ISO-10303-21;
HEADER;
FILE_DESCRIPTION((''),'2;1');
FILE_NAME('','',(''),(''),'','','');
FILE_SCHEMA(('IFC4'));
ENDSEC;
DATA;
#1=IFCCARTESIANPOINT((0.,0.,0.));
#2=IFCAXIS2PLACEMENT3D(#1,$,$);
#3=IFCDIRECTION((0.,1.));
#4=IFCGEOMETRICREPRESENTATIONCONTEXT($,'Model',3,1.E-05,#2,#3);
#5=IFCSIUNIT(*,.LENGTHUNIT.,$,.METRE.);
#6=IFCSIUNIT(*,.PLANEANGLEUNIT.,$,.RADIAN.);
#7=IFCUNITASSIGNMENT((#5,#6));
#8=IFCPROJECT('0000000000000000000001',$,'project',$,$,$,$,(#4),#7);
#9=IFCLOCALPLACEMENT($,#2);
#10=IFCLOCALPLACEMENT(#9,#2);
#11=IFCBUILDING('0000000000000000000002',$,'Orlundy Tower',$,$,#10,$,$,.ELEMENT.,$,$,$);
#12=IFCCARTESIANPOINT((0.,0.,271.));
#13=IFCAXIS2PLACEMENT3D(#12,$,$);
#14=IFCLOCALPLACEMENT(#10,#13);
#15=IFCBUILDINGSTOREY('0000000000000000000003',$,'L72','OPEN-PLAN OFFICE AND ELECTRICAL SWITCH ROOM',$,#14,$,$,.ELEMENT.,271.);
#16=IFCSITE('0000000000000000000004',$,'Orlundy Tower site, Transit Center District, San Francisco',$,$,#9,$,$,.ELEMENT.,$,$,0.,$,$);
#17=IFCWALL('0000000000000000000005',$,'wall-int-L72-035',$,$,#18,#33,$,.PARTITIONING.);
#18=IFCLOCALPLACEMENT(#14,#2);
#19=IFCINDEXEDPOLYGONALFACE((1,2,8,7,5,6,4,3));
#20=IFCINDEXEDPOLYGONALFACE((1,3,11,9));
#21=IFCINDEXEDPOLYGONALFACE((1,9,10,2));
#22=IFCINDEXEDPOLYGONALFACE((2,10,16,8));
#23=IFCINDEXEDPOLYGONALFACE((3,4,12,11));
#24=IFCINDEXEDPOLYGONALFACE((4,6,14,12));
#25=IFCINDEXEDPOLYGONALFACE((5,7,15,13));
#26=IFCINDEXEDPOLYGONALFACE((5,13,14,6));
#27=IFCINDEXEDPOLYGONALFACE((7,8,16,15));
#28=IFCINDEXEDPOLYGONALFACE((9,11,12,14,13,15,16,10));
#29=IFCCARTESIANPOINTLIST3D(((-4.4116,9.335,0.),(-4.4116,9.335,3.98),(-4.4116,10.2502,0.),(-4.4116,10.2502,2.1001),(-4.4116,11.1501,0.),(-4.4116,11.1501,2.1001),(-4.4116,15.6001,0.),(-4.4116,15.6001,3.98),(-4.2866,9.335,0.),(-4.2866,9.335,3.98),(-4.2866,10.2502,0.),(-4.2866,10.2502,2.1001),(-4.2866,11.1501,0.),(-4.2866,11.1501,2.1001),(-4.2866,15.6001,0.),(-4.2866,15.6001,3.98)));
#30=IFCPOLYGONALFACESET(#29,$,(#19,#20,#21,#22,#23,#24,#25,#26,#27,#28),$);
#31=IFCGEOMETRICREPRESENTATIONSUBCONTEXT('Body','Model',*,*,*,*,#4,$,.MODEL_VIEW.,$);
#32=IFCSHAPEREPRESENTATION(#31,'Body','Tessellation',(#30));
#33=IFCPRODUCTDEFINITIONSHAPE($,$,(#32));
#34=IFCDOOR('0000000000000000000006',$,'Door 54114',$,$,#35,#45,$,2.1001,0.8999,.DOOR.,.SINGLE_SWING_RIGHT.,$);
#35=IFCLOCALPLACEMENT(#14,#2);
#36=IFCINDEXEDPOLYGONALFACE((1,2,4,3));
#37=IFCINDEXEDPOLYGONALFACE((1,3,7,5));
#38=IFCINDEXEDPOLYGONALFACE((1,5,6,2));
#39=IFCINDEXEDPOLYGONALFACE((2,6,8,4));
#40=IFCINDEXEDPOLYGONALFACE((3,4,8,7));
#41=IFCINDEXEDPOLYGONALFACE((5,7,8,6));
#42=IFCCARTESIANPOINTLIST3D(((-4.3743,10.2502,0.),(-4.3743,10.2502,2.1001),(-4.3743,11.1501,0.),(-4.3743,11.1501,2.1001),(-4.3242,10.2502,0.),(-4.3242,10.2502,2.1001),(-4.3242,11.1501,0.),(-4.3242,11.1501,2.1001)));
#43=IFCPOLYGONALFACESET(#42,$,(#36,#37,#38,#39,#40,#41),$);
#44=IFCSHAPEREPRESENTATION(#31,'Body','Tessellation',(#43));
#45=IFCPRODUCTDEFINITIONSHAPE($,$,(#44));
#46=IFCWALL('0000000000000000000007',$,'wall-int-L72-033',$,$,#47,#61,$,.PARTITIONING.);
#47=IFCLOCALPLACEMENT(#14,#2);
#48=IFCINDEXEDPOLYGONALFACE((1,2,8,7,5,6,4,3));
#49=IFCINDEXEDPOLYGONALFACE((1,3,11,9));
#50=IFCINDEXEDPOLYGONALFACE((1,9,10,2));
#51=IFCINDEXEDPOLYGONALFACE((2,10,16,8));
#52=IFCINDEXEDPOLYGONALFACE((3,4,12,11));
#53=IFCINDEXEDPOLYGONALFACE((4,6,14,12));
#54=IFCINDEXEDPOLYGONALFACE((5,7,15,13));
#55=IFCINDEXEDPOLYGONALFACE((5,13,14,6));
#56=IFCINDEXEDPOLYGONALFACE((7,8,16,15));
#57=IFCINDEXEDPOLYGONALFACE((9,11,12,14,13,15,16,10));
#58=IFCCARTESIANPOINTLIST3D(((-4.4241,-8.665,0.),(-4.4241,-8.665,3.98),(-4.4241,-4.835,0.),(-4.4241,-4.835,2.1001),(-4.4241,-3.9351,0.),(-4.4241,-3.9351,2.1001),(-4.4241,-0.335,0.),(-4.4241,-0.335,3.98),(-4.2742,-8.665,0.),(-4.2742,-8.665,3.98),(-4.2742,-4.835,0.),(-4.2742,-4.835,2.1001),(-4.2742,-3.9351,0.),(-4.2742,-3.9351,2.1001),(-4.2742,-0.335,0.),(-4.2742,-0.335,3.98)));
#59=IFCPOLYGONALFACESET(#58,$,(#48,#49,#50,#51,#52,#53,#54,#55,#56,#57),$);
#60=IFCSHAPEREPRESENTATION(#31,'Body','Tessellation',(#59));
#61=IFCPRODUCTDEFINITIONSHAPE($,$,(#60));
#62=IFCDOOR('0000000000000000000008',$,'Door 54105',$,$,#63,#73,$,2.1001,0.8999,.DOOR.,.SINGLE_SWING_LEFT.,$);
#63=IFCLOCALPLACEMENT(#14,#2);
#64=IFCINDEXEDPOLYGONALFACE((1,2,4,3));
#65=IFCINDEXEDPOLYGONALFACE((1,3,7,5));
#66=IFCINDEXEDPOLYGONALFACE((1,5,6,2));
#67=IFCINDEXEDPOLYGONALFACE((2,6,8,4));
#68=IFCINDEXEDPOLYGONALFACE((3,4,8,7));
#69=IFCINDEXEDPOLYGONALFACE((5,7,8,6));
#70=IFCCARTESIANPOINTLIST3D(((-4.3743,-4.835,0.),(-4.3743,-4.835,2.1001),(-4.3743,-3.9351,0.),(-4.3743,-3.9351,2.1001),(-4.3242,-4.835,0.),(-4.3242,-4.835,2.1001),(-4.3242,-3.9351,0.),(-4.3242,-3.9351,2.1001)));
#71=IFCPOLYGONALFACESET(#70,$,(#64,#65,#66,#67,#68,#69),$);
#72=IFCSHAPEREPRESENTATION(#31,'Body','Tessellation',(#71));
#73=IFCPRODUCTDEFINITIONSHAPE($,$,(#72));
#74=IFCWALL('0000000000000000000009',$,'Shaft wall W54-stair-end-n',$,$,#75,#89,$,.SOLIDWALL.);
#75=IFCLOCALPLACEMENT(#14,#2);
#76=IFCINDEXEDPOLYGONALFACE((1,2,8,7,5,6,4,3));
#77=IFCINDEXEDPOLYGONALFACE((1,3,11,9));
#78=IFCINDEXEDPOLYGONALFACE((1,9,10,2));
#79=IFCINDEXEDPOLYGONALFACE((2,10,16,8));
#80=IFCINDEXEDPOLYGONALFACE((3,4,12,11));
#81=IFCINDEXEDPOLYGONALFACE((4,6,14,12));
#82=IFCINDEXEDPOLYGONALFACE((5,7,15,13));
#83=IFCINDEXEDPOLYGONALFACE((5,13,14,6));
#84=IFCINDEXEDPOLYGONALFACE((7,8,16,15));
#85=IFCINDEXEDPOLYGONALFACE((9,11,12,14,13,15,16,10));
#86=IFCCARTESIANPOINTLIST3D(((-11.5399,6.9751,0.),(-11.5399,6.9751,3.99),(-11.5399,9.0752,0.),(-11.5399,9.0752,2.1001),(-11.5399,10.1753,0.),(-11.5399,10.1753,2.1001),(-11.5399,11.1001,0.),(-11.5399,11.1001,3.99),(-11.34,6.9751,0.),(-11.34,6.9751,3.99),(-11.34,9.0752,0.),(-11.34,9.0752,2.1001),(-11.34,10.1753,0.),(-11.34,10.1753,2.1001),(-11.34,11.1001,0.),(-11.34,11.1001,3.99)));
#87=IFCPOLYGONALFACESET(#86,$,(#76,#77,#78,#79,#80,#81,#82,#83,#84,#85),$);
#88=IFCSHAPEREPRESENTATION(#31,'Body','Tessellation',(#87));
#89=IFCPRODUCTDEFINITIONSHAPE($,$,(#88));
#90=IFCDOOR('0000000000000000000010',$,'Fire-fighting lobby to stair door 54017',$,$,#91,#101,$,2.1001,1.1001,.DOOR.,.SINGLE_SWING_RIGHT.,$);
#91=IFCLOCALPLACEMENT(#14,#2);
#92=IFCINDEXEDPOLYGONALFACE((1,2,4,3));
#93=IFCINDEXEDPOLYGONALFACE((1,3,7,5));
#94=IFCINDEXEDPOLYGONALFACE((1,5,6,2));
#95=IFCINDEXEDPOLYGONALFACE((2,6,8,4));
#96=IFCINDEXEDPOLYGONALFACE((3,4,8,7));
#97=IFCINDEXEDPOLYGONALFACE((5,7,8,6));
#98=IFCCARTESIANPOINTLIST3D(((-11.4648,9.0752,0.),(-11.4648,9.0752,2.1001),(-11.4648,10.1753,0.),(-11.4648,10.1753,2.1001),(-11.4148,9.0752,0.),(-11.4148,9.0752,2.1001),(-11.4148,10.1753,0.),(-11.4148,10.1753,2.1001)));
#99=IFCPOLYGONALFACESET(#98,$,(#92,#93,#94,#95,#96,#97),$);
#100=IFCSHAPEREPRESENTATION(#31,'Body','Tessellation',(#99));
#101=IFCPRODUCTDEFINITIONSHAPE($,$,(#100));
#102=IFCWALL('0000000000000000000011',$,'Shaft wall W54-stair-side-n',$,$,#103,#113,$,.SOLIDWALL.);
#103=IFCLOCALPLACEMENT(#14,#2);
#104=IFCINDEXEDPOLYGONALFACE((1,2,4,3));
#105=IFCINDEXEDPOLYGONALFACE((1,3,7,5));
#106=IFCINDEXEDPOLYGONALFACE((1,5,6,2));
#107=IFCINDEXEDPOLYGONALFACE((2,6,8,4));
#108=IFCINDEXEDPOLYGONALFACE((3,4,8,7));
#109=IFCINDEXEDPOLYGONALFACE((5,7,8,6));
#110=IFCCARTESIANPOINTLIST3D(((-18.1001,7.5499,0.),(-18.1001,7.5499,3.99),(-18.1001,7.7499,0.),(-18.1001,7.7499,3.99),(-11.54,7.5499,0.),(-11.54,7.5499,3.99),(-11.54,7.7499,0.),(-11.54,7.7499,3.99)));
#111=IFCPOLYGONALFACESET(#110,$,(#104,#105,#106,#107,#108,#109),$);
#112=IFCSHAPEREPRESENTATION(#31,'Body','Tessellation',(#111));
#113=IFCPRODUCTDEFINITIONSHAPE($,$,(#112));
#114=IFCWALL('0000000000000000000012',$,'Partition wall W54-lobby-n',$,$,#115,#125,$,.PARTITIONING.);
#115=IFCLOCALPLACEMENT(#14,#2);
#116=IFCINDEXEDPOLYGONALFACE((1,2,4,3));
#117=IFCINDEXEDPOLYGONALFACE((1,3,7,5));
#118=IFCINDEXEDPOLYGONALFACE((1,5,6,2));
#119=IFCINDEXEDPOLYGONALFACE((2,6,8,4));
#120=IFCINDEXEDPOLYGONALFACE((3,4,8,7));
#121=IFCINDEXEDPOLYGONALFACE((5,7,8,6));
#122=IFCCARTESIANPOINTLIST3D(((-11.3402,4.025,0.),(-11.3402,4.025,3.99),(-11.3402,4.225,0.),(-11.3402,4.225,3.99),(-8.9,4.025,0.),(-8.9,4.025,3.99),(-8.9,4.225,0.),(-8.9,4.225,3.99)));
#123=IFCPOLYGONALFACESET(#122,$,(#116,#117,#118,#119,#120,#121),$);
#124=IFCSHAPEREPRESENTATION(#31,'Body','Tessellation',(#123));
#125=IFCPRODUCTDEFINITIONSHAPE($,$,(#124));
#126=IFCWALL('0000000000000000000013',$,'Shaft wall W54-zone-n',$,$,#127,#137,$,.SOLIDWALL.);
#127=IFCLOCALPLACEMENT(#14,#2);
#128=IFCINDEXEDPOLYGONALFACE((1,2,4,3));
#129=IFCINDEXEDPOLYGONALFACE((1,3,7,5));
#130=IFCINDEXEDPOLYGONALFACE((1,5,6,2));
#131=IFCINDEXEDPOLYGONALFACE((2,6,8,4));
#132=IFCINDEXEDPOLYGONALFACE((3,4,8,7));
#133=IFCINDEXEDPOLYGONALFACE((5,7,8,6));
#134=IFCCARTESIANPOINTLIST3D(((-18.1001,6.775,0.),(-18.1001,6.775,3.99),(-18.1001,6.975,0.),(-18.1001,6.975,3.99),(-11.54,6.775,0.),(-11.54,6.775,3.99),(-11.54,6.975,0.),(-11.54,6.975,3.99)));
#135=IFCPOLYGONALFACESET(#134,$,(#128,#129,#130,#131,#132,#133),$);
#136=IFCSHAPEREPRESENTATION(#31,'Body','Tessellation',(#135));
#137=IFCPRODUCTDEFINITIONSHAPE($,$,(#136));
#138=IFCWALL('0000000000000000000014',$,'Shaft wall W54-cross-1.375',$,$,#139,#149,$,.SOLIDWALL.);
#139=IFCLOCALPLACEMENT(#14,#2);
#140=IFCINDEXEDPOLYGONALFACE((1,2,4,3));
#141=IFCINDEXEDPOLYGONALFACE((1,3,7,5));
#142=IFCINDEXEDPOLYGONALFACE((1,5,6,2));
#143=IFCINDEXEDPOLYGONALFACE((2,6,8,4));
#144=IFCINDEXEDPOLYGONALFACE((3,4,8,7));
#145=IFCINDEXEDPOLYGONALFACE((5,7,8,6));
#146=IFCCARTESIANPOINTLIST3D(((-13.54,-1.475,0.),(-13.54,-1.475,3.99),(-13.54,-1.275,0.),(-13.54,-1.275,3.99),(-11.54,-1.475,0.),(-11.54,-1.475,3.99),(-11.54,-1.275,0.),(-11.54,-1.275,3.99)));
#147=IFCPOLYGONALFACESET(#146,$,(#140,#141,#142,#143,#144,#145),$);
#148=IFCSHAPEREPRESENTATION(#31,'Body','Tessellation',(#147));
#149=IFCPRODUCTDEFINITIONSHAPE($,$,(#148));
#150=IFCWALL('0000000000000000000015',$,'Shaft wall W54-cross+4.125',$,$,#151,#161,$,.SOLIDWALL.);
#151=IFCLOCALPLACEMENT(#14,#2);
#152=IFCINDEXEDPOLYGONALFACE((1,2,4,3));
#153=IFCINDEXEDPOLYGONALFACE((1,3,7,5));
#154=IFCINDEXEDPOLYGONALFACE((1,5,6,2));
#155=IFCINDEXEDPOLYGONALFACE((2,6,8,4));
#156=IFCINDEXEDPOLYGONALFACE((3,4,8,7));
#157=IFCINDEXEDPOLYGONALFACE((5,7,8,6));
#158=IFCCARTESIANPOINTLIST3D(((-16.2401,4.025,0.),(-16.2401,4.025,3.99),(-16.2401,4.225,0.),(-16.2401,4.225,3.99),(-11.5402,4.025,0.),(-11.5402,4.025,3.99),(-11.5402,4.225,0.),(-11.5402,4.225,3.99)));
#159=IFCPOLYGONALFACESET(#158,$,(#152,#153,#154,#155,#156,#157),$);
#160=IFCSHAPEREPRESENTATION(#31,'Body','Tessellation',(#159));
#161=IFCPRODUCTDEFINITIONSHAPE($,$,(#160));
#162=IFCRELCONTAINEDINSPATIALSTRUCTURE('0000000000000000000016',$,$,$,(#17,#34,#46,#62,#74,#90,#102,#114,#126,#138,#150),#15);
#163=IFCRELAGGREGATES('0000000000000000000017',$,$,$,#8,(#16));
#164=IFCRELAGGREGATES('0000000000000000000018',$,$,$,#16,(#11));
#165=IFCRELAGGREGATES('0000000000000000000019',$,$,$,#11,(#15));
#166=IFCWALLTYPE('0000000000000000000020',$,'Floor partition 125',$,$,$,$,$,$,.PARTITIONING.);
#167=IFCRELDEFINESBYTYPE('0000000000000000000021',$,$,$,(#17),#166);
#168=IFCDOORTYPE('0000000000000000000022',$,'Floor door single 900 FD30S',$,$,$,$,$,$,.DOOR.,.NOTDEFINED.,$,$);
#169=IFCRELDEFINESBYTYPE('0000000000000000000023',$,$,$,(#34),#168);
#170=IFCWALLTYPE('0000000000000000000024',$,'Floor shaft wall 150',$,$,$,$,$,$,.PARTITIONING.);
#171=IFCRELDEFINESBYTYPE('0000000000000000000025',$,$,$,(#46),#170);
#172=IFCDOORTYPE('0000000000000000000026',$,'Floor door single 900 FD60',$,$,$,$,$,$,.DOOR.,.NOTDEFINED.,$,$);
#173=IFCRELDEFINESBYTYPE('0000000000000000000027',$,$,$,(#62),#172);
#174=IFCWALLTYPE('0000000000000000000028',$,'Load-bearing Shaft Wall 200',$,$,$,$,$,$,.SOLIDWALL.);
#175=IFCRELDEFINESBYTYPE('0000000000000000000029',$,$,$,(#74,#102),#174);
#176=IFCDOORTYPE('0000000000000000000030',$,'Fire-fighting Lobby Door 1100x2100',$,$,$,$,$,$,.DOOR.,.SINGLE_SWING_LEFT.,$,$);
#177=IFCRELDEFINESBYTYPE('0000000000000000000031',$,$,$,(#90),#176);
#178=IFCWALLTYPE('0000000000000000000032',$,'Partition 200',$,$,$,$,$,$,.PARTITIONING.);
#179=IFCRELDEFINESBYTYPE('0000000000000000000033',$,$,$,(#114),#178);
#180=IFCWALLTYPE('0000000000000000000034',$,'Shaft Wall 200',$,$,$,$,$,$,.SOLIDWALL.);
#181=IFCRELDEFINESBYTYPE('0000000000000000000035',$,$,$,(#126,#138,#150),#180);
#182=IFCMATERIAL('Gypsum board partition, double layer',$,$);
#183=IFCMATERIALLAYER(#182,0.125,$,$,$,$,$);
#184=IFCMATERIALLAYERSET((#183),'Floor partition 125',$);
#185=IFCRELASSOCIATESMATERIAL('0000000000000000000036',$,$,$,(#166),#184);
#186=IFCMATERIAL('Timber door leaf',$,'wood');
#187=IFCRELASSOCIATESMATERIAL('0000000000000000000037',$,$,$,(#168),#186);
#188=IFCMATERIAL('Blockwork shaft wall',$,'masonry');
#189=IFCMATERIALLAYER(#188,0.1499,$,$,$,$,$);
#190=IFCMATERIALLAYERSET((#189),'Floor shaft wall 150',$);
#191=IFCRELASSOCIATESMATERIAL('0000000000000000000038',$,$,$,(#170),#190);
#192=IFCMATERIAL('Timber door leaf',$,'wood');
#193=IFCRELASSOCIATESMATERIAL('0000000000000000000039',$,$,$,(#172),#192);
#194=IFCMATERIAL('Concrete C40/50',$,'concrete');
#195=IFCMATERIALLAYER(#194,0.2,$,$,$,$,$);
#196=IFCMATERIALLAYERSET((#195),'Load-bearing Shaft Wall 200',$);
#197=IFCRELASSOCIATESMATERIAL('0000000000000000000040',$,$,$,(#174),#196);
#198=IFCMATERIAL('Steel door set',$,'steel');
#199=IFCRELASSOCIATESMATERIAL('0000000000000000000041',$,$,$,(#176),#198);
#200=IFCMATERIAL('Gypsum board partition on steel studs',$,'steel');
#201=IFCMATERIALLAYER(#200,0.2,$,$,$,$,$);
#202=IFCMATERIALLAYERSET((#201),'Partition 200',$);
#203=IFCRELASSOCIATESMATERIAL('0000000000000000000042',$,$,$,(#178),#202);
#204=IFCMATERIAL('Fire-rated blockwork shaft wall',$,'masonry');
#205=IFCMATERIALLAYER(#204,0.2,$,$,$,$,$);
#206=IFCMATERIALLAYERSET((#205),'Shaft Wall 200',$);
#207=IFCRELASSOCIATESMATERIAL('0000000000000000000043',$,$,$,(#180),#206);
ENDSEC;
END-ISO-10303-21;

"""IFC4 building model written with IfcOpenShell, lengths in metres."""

from ifc_helpers import new_model, si_unit, direction, frame, frame_2d, origin, place, context, subcontext, project, spatial, rectangle, extrude, material, layer, layer_set, type_object, element, fill, save


model = new_model("IFC4")

# Units and contexts
model_context = context("Model", 3, precision=1e-05, world=origin(), true_north=direction((0.0, 1.0)))
body_context = subcontext(model_context, "Body", "Model", "MODEL_VIEW")
ifc_project = project(units=[si_unit("LENGTHUNIT", "METRE"), si_unit("PLANEANGLEUNIT", "RADIAN")], contexts=[model_context])

# Site, building, storey
site_placement = place(None, origin())
site = spatial("IfcSite", under=ifc_project, at=site_placement, Name="Orlundy Tower site, Transit Center District, San Francisco", CompositionType="ELEMENT", RefElevation=0.0)
building_placement = place(site_placement, origin())
building = spatial("IfcBuilding", under=site, at=building_placement, Name="Orlundy Tower", CompositionType="ELEMENT")
storey_placement = place(building_placement, frame((0.0, 0.0, 271.0)))
storey = spatial("IfcBuildingStorey", under=building, at=storey_placement, Name="L72", Description="OPEN-PLAN OFFICE AND ELECTRICAL SWITCH ROOM", CompositionType="ELEMENT", Elevation=271.0)

# Shared definitions
ifc_material_1 = material(Name="Gypsum board partition, double layer")
ifc_layer_1 = layer(ifc_material_1, 0.125)
ifc_layer_set_1 = layer_set([ifc_layer_1], Name="Floor partition 125")
wall_type_1 = type_object("IfcWallType", Name="Floor partition 125", PredefinedType="PARTITIONING", material=ifc_layer_set_1)

# Walls, openings, doors
ifc_material_2 = material(Name="Timber door leaf", Category="wood")
door_type_1 = type_object("IfcDoorType", Name="Floor door single 900 FD30S", OperationType="NOTDEFINED", PredefinedType="DOOR", material=ifc_material_2)
wall_1_placement = place(storey_placement, frame((-4.3491, 15.6001, 0.0), z_axis=(0.0, 0.0, 1.0), x_axis=(0.0, -1.0, 0.0)))
wall_1 = element("IfcWall", 1, at=wall_1_placement, inside=storey, type_object=wall_type_1, Name="wall-int-L72-035", PredefinedType="PARTITIONING", context=body_context, shape_type="SweptSolid", body=[
    extrude(rectangle(XDim=6.2651, YDim=0.125, at=frame_2d((3.1326, 0.0))), origin(), (0.0, 0.0, 1.0), 3.98),
])
opening_1_placement = place(wall_1_placement, frame((4.45, 0.0, 0.0)))
opening_1 = element("IfcOpeningElement", 2, at=opening_1_placement, cuts=wall_1, PredefinedType="OPENING", context=body_context, shape_type="SweptSolid", body=[
    extrude(rectangle(XDim=0.8999, YDim=2.1001, at=frame_2d((0.45, 1.05))), frame((0.0, 0.0725, 0.0), z_axis=(0.0, -1.0, 0.0), x_axis=(1.0, 0.0, 0.0)), (0.0, 0.0, 1.0), 0.145),
])
door_1_placement = place(opening_1_placement, origin())
door_1 = element("IfcDoor", 3, at=door_1_placement, inside=storey, type_object=door_type_1, Name="Door 54114", OperationType="SINGLE_SWING_RIGHT", OverallHeight=2.1001, OverallWidth=0.8999, PredefinedType="DOOR", context=body_context, shape_type="SweptSolid", body=[
    extrude(rectangle(XDim=0.8999, YDim=2.1001, at=frame_2d((0.45, 1.05))), frame((0.0, 0.0249, 0.0), z_axis=(0.0, -1.0, 0.0), x_axis=(1.0, 0.0, 0.0)), (0.0, 0.0, 1.0), 0.05),
])
fill(opening_1, door_1)
ifc_material_3 = material(Name="Blockwork shaft wall", Category="masonry")
ifc_layer_2 = layer(ifc_material_3, 0.1499)
ifc_layer_set_2 = layer_set([ifc_layer_2], Name="Floor shaft wall 150")
wall_type_2 = type_object("IfcWallType", Name="Floor shaft wall 150", PredefinedType="PARTITIONING", material=ifc_layer_set_2)
wall_2_placement = place(storey_placement, frame((-4.3491, -0.335, 0.0), z_axis=(0.0, 0.0, 1.0), x_axis=(0.0, -1.0, 0.0)))
wall_2 = element("IfcWall", 4, at=wall_2_placement, inside=storey, type_object=wall_type_2, Name="wall-int-L72-033", PredefinedType="PARTITIONING", context=body_context, shape_type="SweptSolid", body=[
    extrude(rectangle(XDim=8.3301, YDim=0.1499, at=frame_2d((4.165, 0.0))), origin(), (0.0, 0.0, 1.0), 3.98),
])
opening_2_placement = place(wall_2_placement, frame((3.6001, 0.0, 0.0)))
opening_2 = element("IfcOpeningElement", 5, at=opening_2_placement, cuts=wall_2, PredefinedType="OPENING", context=body_context, shape_type="SweptSolid", body=[
    extrude(rectangle(XDim=0.8999, YDim=2.1001, at=frame_2d((0.45, 1.05))), frame((0.0, 0.085, 0.0), z_axis=(0.0, -1.0, 0.0), x_axis=(1.0, 0.0, 0.0)), (0.0, 0.0, 1.0), 0.1699),
])
ifc_material_4 = material(Name="Timber door leaf", Category="wood")
door_type_2 = type_object("IfcDoorType", Name="Floor door single 900 FD60", OperationType="NOTDEFINED", PredefinedType="DOOR", material=ifc_material_4)
door_2_placement = place(opening_2_placement, origin())
door_2 = element("IfcDoor", 6, at=door_2_placement, inside=storey, type_object=door_type_2, Name="Door 54105", OperationType="SINGLE_SWING_LEFT", OverallHeight=2.1001, OverallWidth=0.8999, PredefinedType="DOOR", context=body_context, shape_type="SweptSolid", body=[
    extrude(rectangle(XDim=0.8999, YDim=2.1001, at=frame_2d((0.45, 1.05))), frame((0.0, 0.0249, 0.0), z_axis=(0.0, -1.0, 0.0), x_axis=(1.0, 0.0, 0.0)), (0.0, 0.0, 1.0), 0.05),
])
fill(opening_2, door_2)
ifc_material_5 = material(Name="Concrete C40/50", Category="concrete")
ifc_layer_3 = layer(ifc_material_5, 0.2)
ifc_layer_set_3 = layer_set([ifc_layer_3], Name="Load-bearing Shaft Wall 200")
wall_type_3 = type_object("IfcWallType", Name="Load-bearing Shaft Wall 200", PredefinedType="SOLIDWALL", material=ifc_layer_set_3)
wall_3_placement = place(storey_placement, frame((-11.4399, 6.9751, 0.0), z_axis=(0.0, 0.0, 1.0), x_axis=(0.0, 1.0, 0.0)))
wall_3 = element("IfcWall", 7, at=wall_3_placement, inside=storey, type_object=wall_type_3, Name="Shaft wall W54-stair-end-n", PredefinedType="SOLIDWALL", context=body_context, shape_type="SweptSolid", body=[
    extrude(rectangle(XDim=4.125, YDim=0.2, at=frame_2d((2.0625, 0.0))), origin(), (0.0, 0.0, 1.0), 3.99),
])
opening_3_placement = place(wall_3_placement, frame((2.1001, 0.0, 0.0)))
opening_3 = element("IfcOpeningElement", 8, at=opening_3_placement, cuts=wall_3, PredefinedType="OPENING", context=body_context, shape_type="SweptSolid", body=[
    extrude(rectangle(XDim=1.1001, YDim=2.1001, at=frame_2d((0.55, 1.05))), frame((0.0, 0.1101, 0.0), z_axis=(0.0, -1.0, 0.0), x_axis=(1.0, 0.0, 0.0)), (0.0, 0.0, 1.0), 0.2202),
])
ifc_material_6 = material(Name="Steel door set", Category="steel")
door_type_3 = type_object("IfcDoorType", Name="Fire-fighting Lobby Door 1100x2100", OperationType="SINGLE_SWING_LEFT", PredefinedType="DOOR", material=ifc_material_6)
door_3_placement = place(opening_3_placement, origin())
door_3 = element("IfcDoor", 9, at=door_3_placement, inside=storey, type_object=door_type_3, Name="Fire-fighting lobby to stair door 54017", OperationType="SINGLE_SWING_RIGHT", OverallHeight=2.1001, OverallWidth=1.1001, PredefinedType="DOOR", context=body_context, shape_type="SweptSolid", body=[
    extrude(rectangle(XDim=1.1001, YDim=2.1001, at=frame_2d((0.55, 1.05))), frame((0.0, 0.0249, 0.0), z_axis=(0.0, -1.0, 0.0), x_axis=(1.0, 0.0, 0.0)), (0.0, 0.0, 1.0), 0.05),
])
fill(opening_3, door_3)

# Walls
wall_4_placement = place(storey_placement, frame((-11.54, 7.6499, 0.0), z_axis=(0.0, 0.0, 1.0), x_axis=(-1.0, 0.0, 0.0)))
element("IfcWall", 10, at=wall_4_placement, inside=storey, type_object=wall_type_3, Name="Shaft wall W54-stair-side-n", PredefinedType="SOLIDWALL", context=body_context, shape_type="SweptSolid", body=[
    extrude(rectangle(XDim=6.5601, YDim=0.2, at=frame_2d((3.28, 0.0))), origin(), (0.0, 0.0, 1.0), 3.99),
])
ifc_material_7 = material(Name="Gypsum board partition on steel studs", Category="steel")
ifc_layer_4 = layer(ifc_material_7, 0.2)
ifc_layer_set_4 = layer_set([ifc_layer_4], Name="Partition 200")
wall_type_4 = type_object("IfcWallType", Name="Partition 200", PredefinedType="PARTITIONING", material=ifc_layer_set_4)
wall_5_placement = place(storey_placement, frame((-8.8999, 4.125, 0.0), z_axis=(0.0, 0.0, 1.0), x_axis=(-1.0, 0.0, 0.0)))
element("IfcWall", 11, at=wall_5_placement, inside=storey, type_object=wall_type_4, Name="Partition wall W54-lobby-n", PredefinedType="PARTITIONING", context=body_context, shape_type="SweptSolid", body=[
    extrude(rectangle(XDim=2.4402, YDim=0.2, at=frame_2d((1.2202, 0.0))), origin(), (0.0, 0.0, 1.0), 3.99),
])
ifc_material_8 = material(Name="Fire-rated blockwork shaft wall", Category="masonry")
ifc_layer_5 = layer(ifc_material_8, 0.2)
ifc_layer_set_5 = layer_set([ifc_layer_5], Name="Shaft Wall 200")
wall_type_5 = type_object("IfcWallType", Name="Shaft Wall 200", PredefinedType="SOLIDWALL", material=ifc_layer_set_5)
wall_6_placement = place(storey_placement, frame((-11.54, 6.875, 0.0), z_axis=(0.0, 0.0, 1.0), x_axis=(-1.0, 0.0, 0.0)))
element("IfcWall", 12, at=wall_6_placement, inside=storey, type_object=wall_type_5, Name="Shaft wall W54-zone-n", PredefinedType="SOLIDWALL", context=body_context, shape_type="SweptSolid", body=[
    extrude(rectangle(XDim=6.5601, YDim=0.2, at=frame_2d((3.28, 0.0))), origin(), (0.0, 0.0, 1.0), 3.99),
])
wall_7_placement = place(storey_placement, frame((-11.54, -1.375, 0.0), z_axis=(0.0, 0.0, 1.0), x_axis=(-1.0, 0.0, 0.0)))
element("IfcWall", 13, at=wall_7_placement, inside=storey, type_object=wall_type_5, Name="Shaft wall W54-cross-1.375", PredefinedType="SOLIDWALL", context=body_context, shape_type="SweptSolid", body=[
    extrude(rectangle(XDim=2.0, YDim=0.2, at=frame_2d((1.0, 0.0))), origin(), (0.0, 0.0, 1.0), 3.99),
])
wall_8_placement = place(storey_placement, frame((-11.54, 4.125, 0.0), z_axis=(0.0, 0.0, 1.0), x_axis=(-1.0, 0.0, 0.0)))
element("IfcWall", 14, at=wall_8_placement, inside=storey, type_object=wall_type_5, Name="Shaft wall W54-cross+4.125", PredefinedType="SOLIDWALL", context=body_context, shape_type="SweptSolid", body=[
    extrude(rectangle(XDim=4.7, YDim=0.2, at=frame_2d((2.3501, 0.0))), origin(), (0.0, 0.0, 1.0), 3.99),
])

save(model, "model.ifc")
